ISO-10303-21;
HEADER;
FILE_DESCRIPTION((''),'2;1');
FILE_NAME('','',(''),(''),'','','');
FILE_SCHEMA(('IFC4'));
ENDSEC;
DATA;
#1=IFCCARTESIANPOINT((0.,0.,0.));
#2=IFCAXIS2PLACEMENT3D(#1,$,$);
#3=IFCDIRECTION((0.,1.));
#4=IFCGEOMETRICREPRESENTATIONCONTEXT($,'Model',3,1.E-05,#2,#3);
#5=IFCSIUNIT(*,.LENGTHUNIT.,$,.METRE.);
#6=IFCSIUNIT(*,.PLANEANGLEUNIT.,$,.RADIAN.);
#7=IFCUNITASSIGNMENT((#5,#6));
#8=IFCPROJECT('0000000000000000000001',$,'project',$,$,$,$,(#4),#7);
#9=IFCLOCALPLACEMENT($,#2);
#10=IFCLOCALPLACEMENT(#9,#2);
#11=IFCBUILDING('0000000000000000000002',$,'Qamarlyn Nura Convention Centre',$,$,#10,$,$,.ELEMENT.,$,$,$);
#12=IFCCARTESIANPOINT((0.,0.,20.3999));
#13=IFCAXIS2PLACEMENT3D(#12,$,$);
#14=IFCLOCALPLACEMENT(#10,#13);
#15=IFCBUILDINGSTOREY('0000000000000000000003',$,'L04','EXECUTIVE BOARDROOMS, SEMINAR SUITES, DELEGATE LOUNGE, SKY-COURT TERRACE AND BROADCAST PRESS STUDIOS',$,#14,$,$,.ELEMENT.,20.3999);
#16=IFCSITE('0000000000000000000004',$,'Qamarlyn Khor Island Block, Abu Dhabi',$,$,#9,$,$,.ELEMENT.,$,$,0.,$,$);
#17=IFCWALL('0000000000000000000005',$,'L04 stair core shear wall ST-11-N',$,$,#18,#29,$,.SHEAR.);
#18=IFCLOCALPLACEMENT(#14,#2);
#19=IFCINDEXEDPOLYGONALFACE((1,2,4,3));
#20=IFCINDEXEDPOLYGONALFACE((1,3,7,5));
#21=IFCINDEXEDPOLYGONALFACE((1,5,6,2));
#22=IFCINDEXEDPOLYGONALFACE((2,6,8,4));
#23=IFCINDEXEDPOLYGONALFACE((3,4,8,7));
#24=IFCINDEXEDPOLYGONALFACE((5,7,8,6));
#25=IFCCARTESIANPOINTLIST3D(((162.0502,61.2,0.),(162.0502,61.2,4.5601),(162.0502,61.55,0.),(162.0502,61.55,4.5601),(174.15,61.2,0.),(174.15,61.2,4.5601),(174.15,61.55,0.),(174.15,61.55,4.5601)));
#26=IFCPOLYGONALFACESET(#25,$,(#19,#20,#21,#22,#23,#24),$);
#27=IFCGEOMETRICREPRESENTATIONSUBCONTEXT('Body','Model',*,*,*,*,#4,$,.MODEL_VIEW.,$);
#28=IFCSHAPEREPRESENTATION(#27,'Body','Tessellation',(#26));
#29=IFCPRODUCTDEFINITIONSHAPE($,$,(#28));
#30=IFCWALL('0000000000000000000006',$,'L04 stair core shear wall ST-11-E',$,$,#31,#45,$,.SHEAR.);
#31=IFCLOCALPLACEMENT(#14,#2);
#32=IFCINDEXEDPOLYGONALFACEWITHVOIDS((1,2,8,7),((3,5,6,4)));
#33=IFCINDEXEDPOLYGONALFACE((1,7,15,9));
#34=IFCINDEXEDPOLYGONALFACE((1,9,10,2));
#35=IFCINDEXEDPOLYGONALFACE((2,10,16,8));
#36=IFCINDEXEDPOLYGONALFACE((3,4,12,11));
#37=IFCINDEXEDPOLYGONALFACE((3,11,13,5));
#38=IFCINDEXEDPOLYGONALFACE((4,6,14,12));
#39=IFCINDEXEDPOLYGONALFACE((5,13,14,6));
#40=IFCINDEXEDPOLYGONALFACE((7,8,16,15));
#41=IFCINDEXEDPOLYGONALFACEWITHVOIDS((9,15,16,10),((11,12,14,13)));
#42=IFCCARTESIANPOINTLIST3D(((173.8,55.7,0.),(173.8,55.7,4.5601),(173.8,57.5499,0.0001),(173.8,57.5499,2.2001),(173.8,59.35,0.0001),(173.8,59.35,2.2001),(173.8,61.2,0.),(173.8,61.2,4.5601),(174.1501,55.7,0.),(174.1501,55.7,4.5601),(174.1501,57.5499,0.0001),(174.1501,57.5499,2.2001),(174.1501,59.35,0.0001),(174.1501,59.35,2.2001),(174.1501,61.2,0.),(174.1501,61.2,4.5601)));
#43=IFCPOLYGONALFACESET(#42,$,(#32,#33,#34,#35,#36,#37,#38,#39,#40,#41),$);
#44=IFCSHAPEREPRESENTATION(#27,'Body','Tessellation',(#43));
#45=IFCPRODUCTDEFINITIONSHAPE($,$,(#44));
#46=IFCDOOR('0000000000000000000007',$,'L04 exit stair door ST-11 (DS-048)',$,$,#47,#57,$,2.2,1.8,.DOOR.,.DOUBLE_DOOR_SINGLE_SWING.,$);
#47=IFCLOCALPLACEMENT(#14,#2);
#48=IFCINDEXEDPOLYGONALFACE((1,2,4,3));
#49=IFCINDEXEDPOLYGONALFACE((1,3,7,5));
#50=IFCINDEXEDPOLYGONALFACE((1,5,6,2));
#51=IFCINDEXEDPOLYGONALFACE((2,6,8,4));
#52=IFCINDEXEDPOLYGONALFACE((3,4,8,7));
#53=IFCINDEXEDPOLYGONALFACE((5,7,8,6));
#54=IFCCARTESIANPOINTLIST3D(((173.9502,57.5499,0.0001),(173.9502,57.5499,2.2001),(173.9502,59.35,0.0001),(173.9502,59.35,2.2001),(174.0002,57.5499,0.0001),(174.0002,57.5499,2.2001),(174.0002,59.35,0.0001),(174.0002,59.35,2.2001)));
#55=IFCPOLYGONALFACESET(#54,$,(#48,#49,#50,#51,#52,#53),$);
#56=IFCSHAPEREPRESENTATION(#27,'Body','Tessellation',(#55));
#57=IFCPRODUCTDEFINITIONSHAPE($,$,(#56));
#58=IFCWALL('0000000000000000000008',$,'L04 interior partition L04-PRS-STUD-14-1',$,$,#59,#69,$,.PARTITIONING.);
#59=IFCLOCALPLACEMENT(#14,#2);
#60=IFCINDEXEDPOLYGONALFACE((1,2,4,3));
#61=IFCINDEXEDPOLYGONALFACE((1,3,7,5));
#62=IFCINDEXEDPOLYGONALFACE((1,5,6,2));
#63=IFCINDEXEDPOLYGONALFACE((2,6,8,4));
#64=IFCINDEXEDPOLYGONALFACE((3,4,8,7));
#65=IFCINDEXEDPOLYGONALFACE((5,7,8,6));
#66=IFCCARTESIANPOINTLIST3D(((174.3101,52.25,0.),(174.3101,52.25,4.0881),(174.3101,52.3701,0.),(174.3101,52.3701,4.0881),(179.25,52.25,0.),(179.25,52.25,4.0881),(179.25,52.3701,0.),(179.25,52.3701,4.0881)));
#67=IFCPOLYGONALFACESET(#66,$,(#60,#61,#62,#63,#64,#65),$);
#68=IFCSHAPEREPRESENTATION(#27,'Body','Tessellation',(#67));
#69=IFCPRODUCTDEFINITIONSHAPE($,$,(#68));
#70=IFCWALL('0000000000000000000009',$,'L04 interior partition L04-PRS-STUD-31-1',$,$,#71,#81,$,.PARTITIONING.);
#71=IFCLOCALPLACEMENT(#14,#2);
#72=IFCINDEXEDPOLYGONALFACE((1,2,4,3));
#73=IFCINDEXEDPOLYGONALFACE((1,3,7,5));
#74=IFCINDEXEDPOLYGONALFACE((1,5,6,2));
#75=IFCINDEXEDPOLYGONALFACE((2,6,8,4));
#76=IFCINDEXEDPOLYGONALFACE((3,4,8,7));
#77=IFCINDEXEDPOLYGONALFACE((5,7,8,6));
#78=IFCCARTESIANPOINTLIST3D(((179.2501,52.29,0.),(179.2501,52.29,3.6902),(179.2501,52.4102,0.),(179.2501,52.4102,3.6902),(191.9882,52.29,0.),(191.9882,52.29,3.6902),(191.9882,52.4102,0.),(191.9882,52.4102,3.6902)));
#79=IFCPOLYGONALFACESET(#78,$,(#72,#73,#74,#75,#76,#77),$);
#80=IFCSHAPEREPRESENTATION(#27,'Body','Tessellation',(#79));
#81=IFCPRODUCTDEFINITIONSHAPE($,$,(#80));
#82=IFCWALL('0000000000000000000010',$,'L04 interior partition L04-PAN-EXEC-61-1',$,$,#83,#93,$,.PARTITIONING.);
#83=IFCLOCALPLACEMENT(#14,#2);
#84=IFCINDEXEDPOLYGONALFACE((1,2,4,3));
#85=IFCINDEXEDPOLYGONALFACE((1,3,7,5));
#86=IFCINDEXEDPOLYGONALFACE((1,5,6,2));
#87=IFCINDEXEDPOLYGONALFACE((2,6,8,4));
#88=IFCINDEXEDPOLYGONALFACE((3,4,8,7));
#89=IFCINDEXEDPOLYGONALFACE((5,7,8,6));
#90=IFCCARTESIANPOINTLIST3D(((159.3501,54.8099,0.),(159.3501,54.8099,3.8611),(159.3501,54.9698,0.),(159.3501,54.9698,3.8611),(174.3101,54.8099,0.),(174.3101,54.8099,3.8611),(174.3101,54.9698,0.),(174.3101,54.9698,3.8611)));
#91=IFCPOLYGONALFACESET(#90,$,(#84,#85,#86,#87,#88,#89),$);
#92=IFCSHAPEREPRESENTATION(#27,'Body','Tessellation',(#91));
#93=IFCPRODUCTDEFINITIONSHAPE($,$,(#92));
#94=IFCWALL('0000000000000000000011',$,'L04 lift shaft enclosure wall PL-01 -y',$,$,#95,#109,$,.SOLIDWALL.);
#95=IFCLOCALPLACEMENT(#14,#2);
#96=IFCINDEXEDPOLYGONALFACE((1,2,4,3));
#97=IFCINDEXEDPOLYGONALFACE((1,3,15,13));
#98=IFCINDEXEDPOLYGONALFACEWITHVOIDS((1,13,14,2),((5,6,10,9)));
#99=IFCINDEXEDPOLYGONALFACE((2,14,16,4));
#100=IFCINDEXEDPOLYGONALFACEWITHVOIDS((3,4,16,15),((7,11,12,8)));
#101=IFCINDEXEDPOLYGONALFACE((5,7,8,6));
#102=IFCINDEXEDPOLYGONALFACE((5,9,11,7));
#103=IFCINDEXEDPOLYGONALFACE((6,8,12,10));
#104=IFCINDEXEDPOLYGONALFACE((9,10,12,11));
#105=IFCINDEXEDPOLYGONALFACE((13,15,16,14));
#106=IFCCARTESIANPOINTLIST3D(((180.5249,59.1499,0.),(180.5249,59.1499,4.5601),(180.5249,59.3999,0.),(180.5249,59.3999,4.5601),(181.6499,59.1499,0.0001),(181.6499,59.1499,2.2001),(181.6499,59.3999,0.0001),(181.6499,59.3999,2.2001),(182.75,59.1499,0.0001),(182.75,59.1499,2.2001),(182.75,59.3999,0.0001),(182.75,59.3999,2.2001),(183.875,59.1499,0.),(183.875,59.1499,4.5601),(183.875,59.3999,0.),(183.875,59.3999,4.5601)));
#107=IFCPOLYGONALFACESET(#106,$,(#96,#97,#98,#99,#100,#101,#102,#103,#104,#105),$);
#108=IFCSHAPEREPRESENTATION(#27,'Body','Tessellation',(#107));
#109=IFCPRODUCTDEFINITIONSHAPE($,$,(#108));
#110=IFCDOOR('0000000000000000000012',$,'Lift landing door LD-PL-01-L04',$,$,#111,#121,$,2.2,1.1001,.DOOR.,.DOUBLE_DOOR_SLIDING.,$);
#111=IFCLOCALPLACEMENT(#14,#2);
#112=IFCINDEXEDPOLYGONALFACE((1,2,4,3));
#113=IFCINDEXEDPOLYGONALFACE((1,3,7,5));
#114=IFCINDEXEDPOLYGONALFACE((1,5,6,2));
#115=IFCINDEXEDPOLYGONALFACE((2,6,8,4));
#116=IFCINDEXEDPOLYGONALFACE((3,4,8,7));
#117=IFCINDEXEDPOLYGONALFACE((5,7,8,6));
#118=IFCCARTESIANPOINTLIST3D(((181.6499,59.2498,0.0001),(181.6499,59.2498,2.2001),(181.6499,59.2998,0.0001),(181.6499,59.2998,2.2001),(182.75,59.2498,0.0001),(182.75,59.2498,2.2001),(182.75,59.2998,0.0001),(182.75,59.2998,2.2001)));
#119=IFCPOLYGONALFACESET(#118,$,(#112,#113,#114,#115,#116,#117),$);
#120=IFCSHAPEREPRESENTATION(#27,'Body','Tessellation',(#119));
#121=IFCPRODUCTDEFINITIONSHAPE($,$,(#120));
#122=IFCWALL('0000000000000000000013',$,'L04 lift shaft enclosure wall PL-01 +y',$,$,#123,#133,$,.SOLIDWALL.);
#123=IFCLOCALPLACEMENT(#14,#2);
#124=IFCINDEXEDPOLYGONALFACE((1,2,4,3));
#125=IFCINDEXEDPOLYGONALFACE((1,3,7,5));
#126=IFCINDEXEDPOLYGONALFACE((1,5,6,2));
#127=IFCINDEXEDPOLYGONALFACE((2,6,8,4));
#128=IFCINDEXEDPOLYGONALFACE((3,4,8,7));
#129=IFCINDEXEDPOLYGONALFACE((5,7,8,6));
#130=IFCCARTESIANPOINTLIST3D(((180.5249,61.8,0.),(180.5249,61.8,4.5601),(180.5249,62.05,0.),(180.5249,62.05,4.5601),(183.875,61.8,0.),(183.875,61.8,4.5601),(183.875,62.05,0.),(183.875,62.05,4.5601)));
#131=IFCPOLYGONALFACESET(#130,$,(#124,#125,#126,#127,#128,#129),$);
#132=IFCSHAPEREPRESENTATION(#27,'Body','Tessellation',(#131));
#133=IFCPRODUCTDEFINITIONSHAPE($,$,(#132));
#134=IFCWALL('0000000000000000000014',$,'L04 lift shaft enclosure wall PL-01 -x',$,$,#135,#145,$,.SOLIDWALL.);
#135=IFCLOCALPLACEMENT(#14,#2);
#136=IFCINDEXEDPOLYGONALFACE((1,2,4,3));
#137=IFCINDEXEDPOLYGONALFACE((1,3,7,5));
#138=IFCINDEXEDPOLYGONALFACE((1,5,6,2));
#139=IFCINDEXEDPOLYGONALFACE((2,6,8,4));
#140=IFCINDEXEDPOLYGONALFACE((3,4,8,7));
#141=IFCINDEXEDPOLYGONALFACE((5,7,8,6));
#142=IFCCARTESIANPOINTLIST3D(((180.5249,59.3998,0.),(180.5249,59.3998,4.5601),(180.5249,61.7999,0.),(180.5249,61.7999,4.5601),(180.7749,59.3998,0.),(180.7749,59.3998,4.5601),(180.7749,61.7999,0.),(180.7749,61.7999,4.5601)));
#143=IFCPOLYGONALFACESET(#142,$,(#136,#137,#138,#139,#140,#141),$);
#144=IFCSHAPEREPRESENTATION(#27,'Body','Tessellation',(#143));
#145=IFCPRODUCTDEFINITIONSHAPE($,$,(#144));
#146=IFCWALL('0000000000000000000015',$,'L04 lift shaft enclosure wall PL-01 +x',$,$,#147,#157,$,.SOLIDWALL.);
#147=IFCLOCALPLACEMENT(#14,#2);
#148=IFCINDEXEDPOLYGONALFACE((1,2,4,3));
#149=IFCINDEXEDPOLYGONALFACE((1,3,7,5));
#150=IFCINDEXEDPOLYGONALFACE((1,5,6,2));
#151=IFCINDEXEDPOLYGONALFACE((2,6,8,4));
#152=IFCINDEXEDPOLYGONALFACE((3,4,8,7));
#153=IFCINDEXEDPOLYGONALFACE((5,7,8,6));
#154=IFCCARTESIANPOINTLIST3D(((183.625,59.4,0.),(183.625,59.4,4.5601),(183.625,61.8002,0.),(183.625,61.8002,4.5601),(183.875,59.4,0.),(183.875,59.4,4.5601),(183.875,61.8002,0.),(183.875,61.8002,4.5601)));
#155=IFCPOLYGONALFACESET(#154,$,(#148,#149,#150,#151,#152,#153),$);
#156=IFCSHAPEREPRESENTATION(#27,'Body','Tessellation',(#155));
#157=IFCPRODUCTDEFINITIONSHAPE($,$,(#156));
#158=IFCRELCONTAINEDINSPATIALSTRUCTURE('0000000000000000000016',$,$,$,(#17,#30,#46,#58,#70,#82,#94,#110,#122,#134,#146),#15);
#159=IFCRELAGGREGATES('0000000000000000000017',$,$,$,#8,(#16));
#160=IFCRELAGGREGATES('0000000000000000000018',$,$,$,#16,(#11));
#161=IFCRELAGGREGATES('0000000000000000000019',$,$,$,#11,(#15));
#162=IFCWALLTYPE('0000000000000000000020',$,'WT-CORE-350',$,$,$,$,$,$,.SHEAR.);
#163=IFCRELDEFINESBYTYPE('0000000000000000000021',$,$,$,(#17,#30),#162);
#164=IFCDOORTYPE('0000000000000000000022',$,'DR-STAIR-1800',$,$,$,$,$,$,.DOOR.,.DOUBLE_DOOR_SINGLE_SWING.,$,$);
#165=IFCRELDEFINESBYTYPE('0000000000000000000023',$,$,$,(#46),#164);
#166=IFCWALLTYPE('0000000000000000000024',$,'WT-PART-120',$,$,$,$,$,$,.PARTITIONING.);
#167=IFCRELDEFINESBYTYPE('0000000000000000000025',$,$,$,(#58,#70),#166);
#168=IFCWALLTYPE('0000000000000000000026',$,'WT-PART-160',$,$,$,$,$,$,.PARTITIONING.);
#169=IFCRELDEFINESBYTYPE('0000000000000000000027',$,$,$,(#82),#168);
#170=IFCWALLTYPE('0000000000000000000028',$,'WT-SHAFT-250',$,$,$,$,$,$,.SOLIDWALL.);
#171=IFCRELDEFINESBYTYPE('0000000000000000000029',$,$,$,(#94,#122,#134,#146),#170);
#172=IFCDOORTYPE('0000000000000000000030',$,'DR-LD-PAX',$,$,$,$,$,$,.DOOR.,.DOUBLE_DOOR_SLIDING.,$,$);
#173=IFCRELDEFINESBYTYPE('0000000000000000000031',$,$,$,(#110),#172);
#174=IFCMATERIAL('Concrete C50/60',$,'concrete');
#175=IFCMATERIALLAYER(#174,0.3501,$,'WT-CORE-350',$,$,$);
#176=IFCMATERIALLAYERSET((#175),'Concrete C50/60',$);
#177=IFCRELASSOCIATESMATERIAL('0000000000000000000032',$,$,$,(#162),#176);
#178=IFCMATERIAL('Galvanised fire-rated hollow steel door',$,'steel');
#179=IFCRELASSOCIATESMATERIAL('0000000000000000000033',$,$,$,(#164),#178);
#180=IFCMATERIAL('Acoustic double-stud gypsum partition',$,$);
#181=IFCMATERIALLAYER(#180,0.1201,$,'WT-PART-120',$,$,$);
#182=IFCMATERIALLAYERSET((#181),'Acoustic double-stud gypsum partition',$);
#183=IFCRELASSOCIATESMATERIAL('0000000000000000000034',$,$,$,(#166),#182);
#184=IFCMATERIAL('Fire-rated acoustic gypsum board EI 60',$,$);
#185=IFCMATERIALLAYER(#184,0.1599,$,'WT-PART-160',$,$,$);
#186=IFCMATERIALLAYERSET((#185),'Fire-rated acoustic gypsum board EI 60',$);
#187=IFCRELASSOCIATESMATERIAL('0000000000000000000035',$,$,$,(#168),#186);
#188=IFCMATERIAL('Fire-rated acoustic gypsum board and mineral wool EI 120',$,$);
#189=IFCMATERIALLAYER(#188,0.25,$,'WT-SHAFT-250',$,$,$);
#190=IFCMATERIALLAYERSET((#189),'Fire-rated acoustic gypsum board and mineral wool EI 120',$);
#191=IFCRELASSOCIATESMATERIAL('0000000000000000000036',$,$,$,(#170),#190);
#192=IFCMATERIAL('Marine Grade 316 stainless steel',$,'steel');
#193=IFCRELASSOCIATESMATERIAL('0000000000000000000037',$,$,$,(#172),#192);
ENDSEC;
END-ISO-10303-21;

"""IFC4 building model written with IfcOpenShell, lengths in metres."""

from ifc_helpers import new_model, si_unit, direction, frame, frame_2d, origin, place, context, subcontext, project, spatial, rectangle, extrude, material, layer, layer_set, type_object, element, fill, save


model = new_model("IFC4")

# Units and contexts
model_context = context("Model", 3, precision=1e-05, world=origin(), true_north=direction((0.0, 1.0)))
body_context = subcontext(model_context, "Body", "Model", "MODEL_VIEW")
ifc_project = project(units=[si_unit("LENGTHUNIT", "METRE"), si_unit("PLANEANGLEUNIT", "RADIAN")], contexts=[model_context])

# Site, building, storey
site_placement = place(None, origin())
site = spatial("IfcSite", under=ifc_project, at=site_placement, Name="Qamarlyn Khor Island Block, Abu Dhabi", CompositionType="ELEMENT", RefElevation=0.0)
building_placement = place(site_placement, origin())
building = spatial("IfcBuilding", under=site, at=building_placement, Name="Qamarlyn Nura Convention Centre", CompositionType="ELEMENT")
storey_placement = place(building_placement, frame((0.0, 0.0, 20.3999)))
storey = spatial("IfcBuildingStorey", under=building, at=storey_placement, Name="L04", Description="EXECUTIVE BOARDROOMS, SEMINAR SUITES, DELEGATE LOUNGE, SKY-COURT TERRACE AND BROADCAST PRESS STUDIOS", CompositionType="ELEMENT", Elevation=20.3999)

# Wall
ifc_material_1 = material(Name="Concrete C50/60", Category="concrete")
ifc_layer_1 = layer(ifc_material_1, 0.3501, Name="WT-CORE-350")
ifc_layer_set_1 = layer_set([ifc_layer_1], Name="Concrete C50/60")
wall_type_1 = type_object("IfcWallType", Name="WT-CORE-350", PredefinedType="SHEAR", material=ifc_layer_set_1)
wall_1_placement = place(storey_placement, frame((174.1499, 61.375, 0.0), z_axis=(0.0, 0.0, 1.0), x_axis=(-1.0, 0.0, 0.0)))
element("IfcWall", 1, at=wall_1_placement, inside=storey, type_object=wall_type_1, Name="L04 stair core shear wall ST-11-N", PredefinedType="SHEAR", context=body_context, shape_type="SweptSolid", body=[
    extrude(rectangle(XDim=12.0999, YDim=0.3501, at=frame_2d((6.0498, 0.0))), origin(), (0.0, 0.0, 1.0), 4.5601),
])

# Wall, opening, door
wall_2_placement = place(storey_placement, frame((173.9751, 55.7, 0.0), z_axis=(0.0, 0.0, 1.0), x_axis=(0.0, 1.0, 0.0)))
wall_2 = element("IfcWall", 2, at=wall_2_placement, inside=storey, type_object=wall_type_1, Name="L04 stair core shear wall ST-11-E", PredefinedType="SHEAR", context=body_context, shape_type="SweptSolid", body=[
    extrude(rectangle(XDim=5.5, YDim=0.3501, at=frame_2d((2.75, 0.0))), origin(), (0.0, 0.0, 1.0), 4.5601),
])
opening_1_placement = place(wall_2_placement, frame((1.8501, 0.0, 0.0)))
opening_1 = element("IfcOpeningElement", 3, at=opening_1_placement, cuts=wall_2, PredefinedType="OPENING", context=body_context, shape_type="SweptSolid", body=[
    extrude(rectangle(XDim=1.8, YDim=2.2, at=frame_2d((0.8999, 1.1001))), frame((0.0, 0.1851, 0.0), z_axis=(0.0, -1.0, 0.0), x_axis=(1.0, 0.0, 0.0)), (0.0, 0.0, 1.0), 0.3701),
])
ifc_material_2 = material(Name="Galvanised fire-rated hollow steel door", Category="steel")
door_type_1 = type_object("IfcDoorType", Name="DR-STAIR-1800", OperationType="DOUBLE_DOOR_SINGLE_SWING", PredefinedType="DOOR", material=ifc_material_2)
door_1_placement = place(opening_1_placement, origin())
door_1 = element("IfcDoor", 4, at=door_1_placement, inside=storey, type_object=door_type_1, Name="L04 exit stair door ST-11 (DS-048)", OperationType="DOUBLE_DOOR_SINGLE_SWING", OverallHeight=2.2, OverallWidth=1.8, PredefinedType="DOOR", context=body_context, shape_type="SweptSolid", body=[
    extrude(rectangle(XDim=1.8, YDim=2.2, at=frame_2d((0.8999, 1.1001))), frame((0.0, 0.0249, 0.0), z_axis=(0.0, -1.0, 0.0), x_axis=(1.0, 0.0, 0.0)), (0.0, 0.0, 1.0), 0.05),
])
fill(opening_1, door_1)

# Walls
ifc_material_3 = material(Name="Acoustic double-stud gypsum partition")
ifc_layer_2 = layer(ifc_material_3, 0.1201, Name="WT-PART-120")
ifc_layer_set_2 = layer_set([ifc_layer_2], Name="Acoustic double-stud gypsum partition")
wall_type_2 = type_object("IfcWallType", Name="WT-PART-120", PredefinedType="PARTITIONING", material=ifc_layer_set_2)
wall_3_placement = place(storey_placement, frame((174.3101, 52.3101, 0.0), z_axis=(0.0, 0.0, 1.0), x_axis=(1.0, 0.0, 0.0)))
element("IfcWall", 5, at=wall_3_placement, inside=storey, type_object=wall_type_2, Name="L04 interior partition L04-PRS-STUD-14-1", PredefinedType="PARTITIONING", context=body_context, shape_type="SweptSolid", body=[
    extrude(rectangle(XDim=4.9399, YDim=0.1201, at=frame_2d((2.47, 0.0))), origin(), (0.0, 0.0, 1.0), 4.0881),
])
wall_4_placement = place(storey_placement, frame((179.25, 52.3501, 0.0), z_axis=(0.0, 0.0, 1.0), x_axis=(1.0, 0.0, 0.0)))
element("IfcWall", 6, at=wall_4_placement, inside=storey, type_object=wall_type_2, Name="L04 interior partition L04-PRS-STUD-31-1", PredefinedType="PARTITIONING", context=body_context, shape_type="SweptSolid", body=[
    extrude(rectangle(XDim=12.738, YDim=0.1201, at=frame_2d((6.3691, 0.0))), origin(), (0.0, 0.0, 1.0), 3.6902),
])
ifc_material_4 = material(Name="Fire-rated acoustic gypsum board EI 60")
ifc_layer_3 = layer(ifc_material_4, 0.1599, Name="WT-PART-160")
ifc_layer_set_3 = layer_set([ifc_layer_3], Name="Fire-rated acoustic gypsum board EI 60")
wall_type_3 = type_object("IfcWallType", Name="WT-PART-160", PredefinedType="PARTITIONING", material=ifc_layer_set_3)
wall_5_placement = place(storey_placement, frame((174.3101, 54.8899, 0.0), z_axis=(0.0, 0.0, 1.0), x_axis=(-1.0, 0.0, 0.0)))
element("IfcWall", 7, at=wall_5_placement, inside=storey, type_object=wall_type_3, Name="L04 interior partition L04-PAN-EXEC-61-1", PredefinedType="PARTITIONING", context=body_context, shape_type="SweptSolid", body=[
    extrude(rectangle(XDim=14.96, YDim=0.1599, at=frame_2d((7.48, 0.0))), origin(), (0.0, 0.0, 1.0), 3.8611),
])

# Wall, opening, door
ifc_material_5 = material(Name="Fire-rated acoustic gypsum board and mineral wool EI 120")
ifc_layer_4 = layer(ifc_material_5, 0.25, Name="WT-SHAFT-250")
ifc_layer_set_4 = layer_set([ifc_layer_4], Name="Fire-rated acoustic gypsum board and mineral wool EI 120")
wall_type_4 = type_object("IfcWallType", Name="WT-SHAFT-250", PredefinedType="SOLIDWALL", material=ifc_layer_set_4)
wall_6_placement = place(storey_placement, frame((180.5249, 59.2749, 0.0), z_axis=(0.0, 0.0, 1.0), x_axis=(1.0, 0.0, 0.0)))
wall_6 = element("IfcWall", 8, at=wall_6_placement, inside=storey, type_object=wall_type_4, Name="L04 lift shaft enclosure wall PL-01 -y", PredefinedType="SOLIDWALL", context=body_context, shape_type="SweptSolid", body=[
    extrude(rectangle(XDim=3.3501, YDim=0.25, at=frame_2d((1.675, 0.0))), origin(), (0.0, 0.0, 1.0), 4.5601),
])
opening_2_placement = place(wall_6_placement, frame((1.125, 0.0, 0.0)))
opening_2 = element("IfcOpeningElement", 9, at=opening_2_placement, cuts=wall_6, PredefinedType="OPENING", context=body_context, shape_type="SweptSolid", body=[
    extrude(rectangle(XDim=1.1001, YDim=2.2, at=frame_2d((0.55, 1.1001))), frame((0.0, 0.135, 0.0), z_axis=(0.0, -1.0, 0.0), x_axis=(1.0, 0.0, 0.0)), (0.0, 0.0, 1.0), 0.27),
])
ifc_material_6 = material(Name="Marine Grade 316 stainless steel", Category="steel")
door_type_2 = type_object("IfcDoorType", Name="DR-LD-PAX", OperationType="DOUBLE_DOOR_SLIDING", PredefinedType="DOOR", material=ifc_material_6)
door_2_placement = place(opening_2_placement, origin())
door_2 = element("IfcDoor", 10, at=door_2_placement, inside=storey, type_object=door_type_2, Name="Lift landing door LD-PL-01-L04", OperationType="DOUBLE_DOOR_SLIDING", OverallHeight=2.2, OverallWidth=1.1001, PredefinedType="DOOR", context=body_context, shape_type="SweptSolid", body=[
    extrude(rectangle(XDim=1.1001, YDim=2.2, at=frame_2d((0.55, 1.1001))), frame((0.0, 0.0249, 0.0), z_axis=(0.0, -1.0, 0.0), x_axis=(1.0, 0.0, 0.0)), (0.0, 0.0, 1.0), 0.05),
])
fill(opening_2, door_2)

# Walls
wall_7_placement = place(storey_placement, frame((183.875, 61.925, 0.0), z_axis=(0.0, 0.0, 1.0), x_axis=(-1.0, 0.0, 0.0)))
element("IfcWall", 11, at=wall_7_placement, inside=storey, type_object=wall_type_4, Name="L04 lift shaft enclosure wall PL-01 +y", PredefinedType="SOLIDWALL", context=body_context, shape_type="SweptSolid", body=[
    extrude(rectangle(XDim=3.3501, YDim=0.25, at=frame_2d((1.675, 0.0))), origin(), (0.0, 0.0, 1.0), 4.5601),
])
for number, where, z_axis, x_axis, name in (
    (12, (180.6499, 61.8, 0.0), (0.0, 0.0, 1.0), (0.0, -1.0, 0.0), "L04 lift shaft enclosure wall PL-01 -x"),
    (13, (183.75, 59.3999, 0.0), (0.0, 0.0, 1.0), (0.0, 1.0, 0.0), "L04 lift shaft enclosure wall PL-01 +x"),
):
    element("IfcWall", number, at=place(storey_placement, frame(where, z_axis=z_axis, x_axis=x_axis)), inside=storey, type_object=wall_type_4, Name=name, PredefinedType="SOLIDWALL", context=body_context, shape_type="SweptSolid", body=[
        extrude(rectangle(XDim=2.4001, YDim=0.25, at=frame_2d((1.2002, 0.0))), origin(), (0.0, 0.0, 1.0), 4.5601),
    ])

save(model, "model.ifc")
